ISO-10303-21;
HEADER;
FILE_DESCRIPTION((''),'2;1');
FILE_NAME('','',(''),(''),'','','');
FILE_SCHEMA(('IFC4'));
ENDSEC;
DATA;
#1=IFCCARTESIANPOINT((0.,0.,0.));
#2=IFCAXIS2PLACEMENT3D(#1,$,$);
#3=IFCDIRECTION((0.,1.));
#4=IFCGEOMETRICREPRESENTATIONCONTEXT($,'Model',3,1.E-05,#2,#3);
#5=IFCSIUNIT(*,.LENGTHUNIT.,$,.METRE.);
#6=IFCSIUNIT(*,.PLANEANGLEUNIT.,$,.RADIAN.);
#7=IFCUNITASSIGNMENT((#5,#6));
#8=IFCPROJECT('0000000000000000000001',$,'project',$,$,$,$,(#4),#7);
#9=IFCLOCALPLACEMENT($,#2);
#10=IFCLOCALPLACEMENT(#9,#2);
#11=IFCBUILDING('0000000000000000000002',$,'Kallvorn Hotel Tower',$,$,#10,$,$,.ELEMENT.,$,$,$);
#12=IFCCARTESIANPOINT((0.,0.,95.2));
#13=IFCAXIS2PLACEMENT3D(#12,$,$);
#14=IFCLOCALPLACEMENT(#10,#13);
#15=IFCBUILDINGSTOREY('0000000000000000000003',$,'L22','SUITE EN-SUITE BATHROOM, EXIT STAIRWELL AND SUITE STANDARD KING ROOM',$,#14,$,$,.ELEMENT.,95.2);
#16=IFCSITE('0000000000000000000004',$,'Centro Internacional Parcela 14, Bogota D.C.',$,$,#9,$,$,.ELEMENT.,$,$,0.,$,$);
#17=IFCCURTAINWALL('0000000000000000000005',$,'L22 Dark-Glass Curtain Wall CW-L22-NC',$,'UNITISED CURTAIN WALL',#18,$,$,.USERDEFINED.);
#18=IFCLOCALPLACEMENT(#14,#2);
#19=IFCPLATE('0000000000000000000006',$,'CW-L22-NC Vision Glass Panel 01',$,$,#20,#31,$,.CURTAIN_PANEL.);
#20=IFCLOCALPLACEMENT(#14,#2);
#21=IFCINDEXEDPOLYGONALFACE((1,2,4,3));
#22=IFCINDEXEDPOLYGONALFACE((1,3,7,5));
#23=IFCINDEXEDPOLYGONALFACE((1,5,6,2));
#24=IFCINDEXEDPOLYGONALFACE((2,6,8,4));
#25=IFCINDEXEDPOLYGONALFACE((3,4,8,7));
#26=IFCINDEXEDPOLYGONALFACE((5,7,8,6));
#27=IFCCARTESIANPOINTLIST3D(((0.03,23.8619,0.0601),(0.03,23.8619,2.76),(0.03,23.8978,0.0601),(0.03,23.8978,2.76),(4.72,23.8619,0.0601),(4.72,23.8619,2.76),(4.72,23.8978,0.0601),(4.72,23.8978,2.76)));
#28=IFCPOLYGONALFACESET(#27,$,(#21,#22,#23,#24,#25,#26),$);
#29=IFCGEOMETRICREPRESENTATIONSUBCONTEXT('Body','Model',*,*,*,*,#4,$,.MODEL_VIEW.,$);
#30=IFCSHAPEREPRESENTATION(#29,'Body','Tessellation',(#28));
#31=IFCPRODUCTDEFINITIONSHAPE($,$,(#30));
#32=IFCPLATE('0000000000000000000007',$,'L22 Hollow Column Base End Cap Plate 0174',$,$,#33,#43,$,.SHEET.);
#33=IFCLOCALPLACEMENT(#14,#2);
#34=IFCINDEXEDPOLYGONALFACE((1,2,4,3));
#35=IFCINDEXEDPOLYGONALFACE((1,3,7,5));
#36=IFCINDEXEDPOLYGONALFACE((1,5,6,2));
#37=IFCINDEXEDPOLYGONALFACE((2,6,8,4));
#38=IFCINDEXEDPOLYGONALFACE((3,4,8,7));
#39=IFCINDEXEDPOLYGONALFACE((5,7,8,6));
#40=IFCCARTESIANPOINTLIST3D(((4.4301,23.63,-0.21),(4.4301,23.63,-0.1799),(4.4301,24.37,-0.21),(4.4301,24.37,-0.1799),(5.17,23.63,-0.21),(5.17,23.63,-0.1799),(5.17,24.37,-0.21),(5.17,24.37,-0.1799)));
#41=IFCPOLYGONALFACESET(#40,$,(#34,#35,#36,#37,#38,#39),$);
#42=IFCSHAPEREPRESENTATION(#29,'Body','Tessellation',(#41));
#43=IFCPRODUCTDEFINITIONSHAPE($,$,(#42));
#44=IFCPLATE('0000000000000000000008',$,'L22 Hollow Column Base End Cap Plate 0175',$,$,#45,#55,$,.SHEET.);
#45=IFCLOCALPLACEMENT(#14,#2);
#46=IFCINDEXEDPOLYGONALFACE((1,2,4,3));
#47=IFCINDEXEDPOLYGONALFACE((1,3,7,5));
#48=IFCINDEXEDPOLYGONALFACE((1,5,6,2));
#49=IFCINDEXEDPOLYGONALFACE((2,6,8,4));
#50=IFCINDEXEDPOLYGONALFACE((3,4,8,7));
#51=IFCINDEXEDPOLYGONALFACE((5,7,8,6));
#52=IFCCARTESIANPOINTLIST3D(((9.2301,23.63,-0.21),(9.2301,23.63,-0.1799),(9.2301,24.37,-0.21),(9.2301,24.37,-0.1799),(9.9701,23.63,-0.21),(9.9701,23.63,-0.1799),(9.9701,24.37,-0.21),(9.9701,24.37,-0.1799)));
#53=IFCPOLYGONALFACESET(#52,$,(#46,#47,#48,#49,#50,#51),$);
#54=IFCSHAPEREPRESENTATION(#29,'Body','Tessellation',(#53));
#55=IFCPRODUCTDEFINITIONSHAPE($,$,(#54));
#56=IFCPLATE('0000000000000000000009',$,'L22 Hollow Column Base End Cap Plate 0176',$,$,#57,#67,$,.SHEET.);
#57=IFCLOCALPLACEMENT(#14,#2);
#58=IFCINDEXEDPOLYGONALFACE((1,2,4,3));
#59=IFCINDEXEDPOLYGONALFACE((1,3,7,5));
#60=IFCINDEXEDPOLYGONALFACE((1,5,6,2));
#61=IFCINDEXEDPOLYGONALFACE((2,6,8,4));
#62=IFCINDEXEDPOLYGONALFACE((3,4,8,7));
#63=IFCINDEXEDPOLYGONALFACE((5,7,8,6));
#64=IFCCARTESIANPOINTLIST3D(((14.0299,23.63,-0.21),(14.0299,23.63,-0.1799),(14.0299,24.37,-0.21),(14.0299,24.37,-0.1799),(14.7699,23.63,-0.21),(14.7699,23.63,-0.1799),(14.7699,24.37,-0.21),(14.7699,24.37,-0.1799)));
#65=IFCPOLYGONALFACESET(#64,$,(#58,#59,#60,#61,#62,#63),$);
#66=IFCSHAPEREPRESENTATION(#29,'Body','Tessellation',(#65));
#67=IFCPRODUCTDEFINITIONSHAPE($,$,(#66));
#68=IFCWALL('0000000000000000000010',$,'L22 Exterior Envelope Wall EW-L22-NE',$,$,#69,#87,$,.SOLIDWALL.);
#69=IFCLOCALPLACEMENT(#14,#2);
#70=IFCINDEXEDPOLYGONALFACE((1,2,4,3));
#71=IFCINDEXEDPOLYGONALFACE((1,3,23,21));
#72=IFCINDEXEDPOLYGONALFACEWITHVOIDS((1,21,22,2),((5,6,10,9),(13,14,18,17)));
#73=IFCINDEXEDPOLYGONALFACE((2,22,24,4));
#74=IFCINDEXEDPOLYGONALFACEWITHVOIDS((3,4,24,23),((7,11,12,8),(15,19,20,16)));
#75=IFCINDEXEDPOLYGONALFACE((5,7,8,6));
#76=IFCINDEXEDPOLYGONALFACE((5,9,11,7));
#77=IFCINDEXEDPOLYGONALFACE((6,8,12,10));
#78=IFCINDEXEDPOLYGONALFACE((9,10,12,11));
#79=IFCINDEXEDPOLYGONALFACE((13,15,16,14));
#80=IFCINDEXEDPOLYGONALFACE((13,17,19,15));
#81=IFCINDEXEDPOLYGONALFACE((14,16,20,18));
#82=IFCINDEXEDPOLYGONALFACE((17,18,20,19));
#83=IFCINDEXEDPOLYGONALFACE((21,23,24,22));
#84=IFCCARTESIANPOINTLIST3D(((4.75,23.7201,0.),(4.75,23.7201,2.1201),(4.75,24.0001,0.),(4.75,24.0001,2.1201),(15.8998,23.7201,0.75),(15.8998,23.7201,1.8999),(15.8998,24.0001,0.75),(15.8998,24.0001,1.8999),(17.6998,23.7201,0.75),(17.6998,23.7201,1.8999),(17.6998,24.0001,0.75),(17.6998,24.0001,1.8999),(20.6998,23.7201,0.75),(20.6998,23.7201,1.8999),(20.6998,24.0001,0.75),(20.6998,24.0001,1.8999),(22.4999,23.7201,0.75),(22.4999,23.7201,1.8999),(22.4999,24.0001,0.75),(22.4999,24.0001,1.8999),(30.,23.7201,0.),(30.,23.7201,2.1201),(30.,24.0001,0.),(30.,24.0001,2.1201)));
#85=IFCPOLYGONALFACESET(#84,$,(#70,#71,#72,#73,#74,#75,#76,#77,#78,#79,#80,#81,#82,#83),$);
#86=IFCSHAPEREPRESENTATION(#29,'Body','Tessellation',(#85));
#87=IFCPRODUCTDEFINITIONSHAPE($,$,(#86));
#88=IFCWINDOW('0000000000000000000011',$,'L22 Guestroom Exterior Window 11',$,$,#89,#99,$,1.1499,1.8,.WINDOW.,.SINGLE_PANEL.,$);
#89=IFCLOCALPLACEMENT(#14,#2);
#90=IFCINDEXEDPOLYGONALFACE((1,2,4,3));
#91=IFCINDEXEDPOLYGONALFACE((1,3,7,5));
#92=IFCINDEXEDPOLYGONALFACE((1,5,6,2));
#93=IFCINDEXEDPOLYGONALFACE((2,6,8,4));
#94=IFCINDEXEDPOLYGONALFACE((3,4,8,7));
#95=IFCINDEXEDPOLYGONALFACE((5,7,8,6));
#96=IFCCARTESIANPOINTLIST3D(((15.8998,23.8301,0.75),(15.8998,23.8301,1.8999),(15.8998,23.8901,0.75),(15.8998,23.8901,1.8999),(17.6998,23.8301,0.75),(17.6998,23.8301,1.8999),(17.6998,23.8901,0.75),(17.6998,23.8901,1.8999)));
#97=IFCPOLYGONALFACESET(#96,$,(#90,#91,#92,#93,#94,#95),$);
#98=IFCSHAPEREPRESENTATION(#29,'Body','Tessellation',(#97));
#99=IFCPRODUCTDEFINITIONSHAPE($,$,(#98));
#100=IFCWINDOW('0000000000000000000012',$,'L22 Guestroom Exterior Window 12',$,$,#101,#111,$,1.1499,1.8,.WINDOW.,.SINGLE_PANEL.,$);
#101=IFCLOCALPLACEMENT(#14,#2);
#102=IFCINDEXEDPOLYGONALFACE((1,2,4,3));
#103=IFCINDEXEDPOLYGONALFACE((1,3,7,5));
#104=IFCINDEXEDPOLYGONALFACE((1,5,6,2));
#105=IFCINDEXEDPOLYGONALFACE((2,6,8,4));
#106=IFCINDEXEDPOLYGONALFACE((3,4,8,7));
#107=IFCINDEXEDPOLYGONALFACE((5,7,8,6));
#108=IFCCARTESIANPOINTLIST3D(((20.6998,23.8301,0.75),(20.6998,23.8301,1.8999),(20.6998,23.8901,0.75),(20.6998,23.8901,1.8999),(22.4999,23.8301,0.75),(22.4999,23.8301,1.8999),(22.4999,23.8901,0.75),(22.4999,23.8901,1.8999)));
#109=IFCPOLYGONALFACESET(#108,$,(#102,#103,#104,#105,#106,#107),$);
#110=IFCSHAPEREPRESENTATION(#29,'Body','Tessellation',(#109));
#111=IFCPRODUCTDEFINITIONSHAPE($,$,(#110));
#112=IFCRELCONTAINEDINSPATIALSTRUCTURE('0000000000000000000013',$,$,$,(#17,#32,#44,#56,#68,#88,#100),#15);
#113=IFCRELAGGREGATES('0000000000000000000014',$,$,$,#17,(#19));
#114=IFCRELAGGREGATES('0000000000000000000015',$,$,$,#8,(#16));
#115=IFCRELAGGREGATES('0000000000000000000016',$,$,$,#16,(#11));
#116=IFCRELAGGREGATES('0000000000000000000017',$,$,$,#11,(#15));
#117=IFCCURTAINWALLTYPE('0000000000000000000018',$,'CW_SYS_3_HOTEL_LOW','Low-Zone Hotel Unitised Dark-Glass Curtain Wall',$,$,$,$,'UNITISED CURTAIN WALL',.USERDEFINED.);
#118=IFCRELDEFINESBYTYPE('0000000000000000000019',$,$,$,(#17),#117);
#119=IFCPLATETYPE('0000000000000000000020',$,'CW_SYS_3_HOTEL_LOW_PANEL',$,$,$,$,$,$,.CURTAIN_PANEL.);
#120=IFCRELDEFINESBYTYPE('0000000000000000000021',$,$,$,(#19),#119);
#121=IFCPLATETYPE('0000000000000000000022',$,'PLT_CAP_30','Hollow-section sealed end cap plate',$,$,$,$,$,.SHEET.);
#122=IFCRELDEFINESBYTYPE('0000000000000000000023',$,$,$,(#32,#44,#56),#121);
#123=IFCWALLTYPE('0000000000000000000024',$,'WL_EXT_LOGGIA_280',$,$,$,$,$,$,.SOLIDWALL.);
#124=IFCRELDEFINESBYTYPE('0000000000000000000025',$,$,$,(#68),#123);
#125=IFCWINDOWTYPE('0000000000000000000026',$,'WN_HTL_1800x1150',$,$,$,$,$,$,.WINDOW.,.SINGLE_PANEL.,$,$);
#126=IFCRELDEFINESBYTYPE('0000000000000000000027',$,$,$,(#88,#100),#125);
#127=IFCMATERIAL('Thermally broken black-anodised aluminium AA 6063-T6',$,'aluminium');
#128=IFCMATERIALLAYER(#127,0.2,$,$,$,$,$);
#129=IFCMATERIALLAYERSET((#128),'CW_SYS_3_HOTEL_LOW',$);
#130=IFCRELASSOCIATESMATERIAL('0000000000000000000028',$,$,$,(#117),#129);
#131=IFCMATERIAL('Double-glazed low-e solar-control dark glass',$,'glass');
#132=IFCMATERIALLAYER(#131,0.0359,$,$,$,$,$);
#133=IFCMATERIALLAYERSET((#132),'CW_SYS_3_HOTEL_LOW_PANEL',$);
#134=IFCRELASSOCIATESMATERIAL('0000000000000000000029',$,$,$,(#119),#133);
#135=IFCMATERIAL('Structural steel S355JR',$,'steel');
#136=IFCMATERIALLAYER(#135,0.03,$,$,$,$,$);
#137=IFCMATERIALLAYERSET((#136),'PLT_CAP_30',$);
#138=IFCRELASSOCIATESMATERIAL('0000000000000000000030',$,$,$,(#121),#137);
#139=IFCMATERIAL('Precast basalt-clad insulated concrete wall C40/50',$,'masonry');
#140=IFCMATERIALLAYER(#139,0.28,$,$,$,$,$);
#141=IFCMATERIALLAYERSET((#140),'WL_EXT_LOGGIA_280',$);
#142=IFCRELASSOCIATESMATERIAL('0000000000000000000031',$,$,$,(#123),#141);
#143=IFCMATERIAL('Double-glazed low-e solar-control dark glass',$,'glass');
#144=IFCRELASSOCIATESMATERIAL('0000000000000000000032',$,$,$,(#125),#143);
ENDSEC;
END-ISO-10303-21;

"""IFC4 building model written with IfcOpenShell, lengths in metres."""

from ifc_helpers import new_model, si_unit, direction, frame, frame_2d, origin, origin_2d, place, context, subcontext, project, spatial, rectangle, extrude, material, layer, layer_set, type_object, element, fill, aggregate, save


model = new_model("IFC4")

# Units and contexts
model_context = context("Model", 3, precision=1e-05, world=origin(), true_north=direction((0.0, 1.0)))
body_context = subcontext(model_context, "Body", "Model", "MODEL_VIEW")
ifc_project = project(units=[si_unit("LENGTHUNIT", "METRE"), si_unit("PLANEANGLEUNIT", "RADIAN")], contexts=[model_context])

# Site, building, storey
site_placement = place(None, origin())
site = spatial("IfcSite", under=ifc_project, at=site_placement, Name="Centro Internacional Parcela 14, Bogota D.C.", CompositionType="ELEMENT", RefElevation=0.0)
building_placement = place(site_placement, origin())
building = spatial("IfcBuilding", under=site, at=building_placement, Name="Kallvorn Hotel Tower", CompositionType="ELEMENT")
storey_placement = place(building_placement, frame((0.0, 0.0, 95.2)))
storey = spatial("IfcBuildingStorey", under=building, at=storey_placement, Name="L22", Description="SUITE EN-SUITE BATHROOM, EXIT STAIRWELL AND SUITE STANDARD KING ROOM", CompositionType="ELEMENT", Elevation=95.2)

# Curtain wall, plate
ifc_material_1 = material(Name="Thermally broken black-anodised aluminium AA 6063-T6", Category="aluminium")
ifc_layer_1 = layer(ifc_material_1, 0.2)
ifc_layer_set_1 = layer_set([ifc_layer_1], Name="CW_SYS_3_HOTEL_LOW")
curtain_wall_type = type_object("IfcCurtainWallType", Name="CW_SYS_3_HOTEL_LOW", Description="Low-Zone Hotel Unitised Dark-Glass Curtain Wall", ElementType="UNITISED CURTAIN WALL", PredefinedType="USERDEFINED", material=ifc_layer_set_1)
curtain_wall_placement = place(storey_placement, origin())
curtain_wall = element("IfcCurtainWall", 1, at=curtain_wall_placement, inside=storey, type_object=curtain_wall_type, Name="L22 Dark-Glass Curtain Wall CW-L22-NC", ObjectType="UNITISED CURTAIN WALL", PredefinedType="USERDEFINED")
ifc_material_2 = material(Name="Double-glazed low-e solar-control dark glass", Category="glass")
ifc_layer_2 = layer(ifc_material_2, 0.0359)
ifc_layer_set_2 = layer_set([ifc_layer_2], Name="CW_SYS_3_HOTEL_LOW_PANEL")
plate_type_1 = type_object("IfcPlateType", Name="CW_SYS_3_HOTEL_LOW_PANEL", PredefinedType="CURTAIN_PANEL", material=ifc_layer_set_2)
plate_placement = place(storey_placement, frame((2.375, 23.8799, 0.0601), z_axis=(0.0, 0.0, 1.0), x_axis=(1.0, 0.0, 0.0)))
plate = element("IfcPlate", 2, at=plate_placement, type_object=plate_type_1, Name="CW-L22-NC Vision Glass Panel 01", PredefinedType="CURTAIN_PANEL", context=body_context, shape_type="SweptSolid", body=[
    extrude(rectangle(XDim=4.6899, YDim=0.0359, at=origin_2d()), origin(), (0.0, 0.0, 1.0), 2.7),
])
aggregate(curtain_wall, [plate])

# Plates
ifc_material_3 = material(Name="Structural steel S355JR", Category="steel")
ifc_layer_3 = layer(ifc_material_3, 0.03)
ifc_layer_set_3 = layer_set([ifc_layer_3], Name="PLT_CAP_30")
plate_type_2 = type_object("IfcPlateType", Name="PLT_CAP_30", Description="Hollow-section sealed end cap plate", PredefinedType="SHEET", material=ifc_layer_set_3)
for number, where, z_axis, x_axis, name in (
    (3, (4.8, 24.0, -0.21), (0.0, 0.0, 1.0), (1.0, 0.0, 0.0), "L22 Hollow Column Base End Cap Plate 0174"),
    (4, (9.6001, 24.0, -0.21), (0.0, 0.0, 1.0), (1.0, 0.0, 0.0), "L22 Hollow Column Base End Cap Plate 0175"),
    (5, (14.3999, 24.0, -0.21), (0.0, 0.0, 1.0), (1.0, 0.0, 0.0), "L22 Hollow Column Base End Cap Plate 0176"),
):
    element("IfcPlate", number, at=place(storey_placement, frame(where, z_axis=z_axis, x_axis=x_axis)), inside=storey, type_object=plate_type_2, Name=name, PredefinedType="SHEET", context=body_context, shape_type="SweptSolid", body=[
        extrude(rectangle(XDim=0.74, YDim=0.74, at=origin_2d()), origin(), (0.0, 0.0, 1.0), 0.03),
    ])

# Wall, openings, windows
ifc_material_4 = material(Name="Precast basalt-clad insulated concrete wall C40/50", Category="masonry")
ifc_layer_4 = layer(ifc_material_4, 0.28)
ifc_layer_set_4 = layer_set([ifc_layer_4], Name="WL_EXT_LOGGIA_280")
wall_type = type_object("IfcWallType", Name="WL_EXT_LOGGIA_280", PredefinedType="SOLIDWALL", material=ifc_layer_set_4)
wall_placement = place(storey_placement, frame((4.75, 23.8601, 0.0), z_axis=(0.0, 0.0, 1.0), x_axis=(1.0, 0.0, 0.0)))
wall = element("IfcWall", 6, at=wall_placement, inside=storey, type_object=wall_type, Name="L22 Exterior Envelope Wall EW-L22-NE", PredefinedType="SOLIDWALL", context=body_context, shape_type="SweptSolid", body=[
    extrude(rectangle(XDim=25.25, YDim=0.28, at=frame_2d((12.625, 0.0))), origin(), (0.0, 0.0, 1.0), 2.1201),
])
opening_1_placement = place(wall_placement, frame((11.1499, 0.0, 0.75)))
opening_1 = element("IfcOpeningElement", 7, at=opening_1_placement, cuts=wall, PredefinedType="OPENING", context=body_context, shape_type="SweptSolid", body=[
    extrude(rectangle(XDim=1.8, YDim=1.1499, at=frame_2d((0.8999, 0.575))), frame((0.0, 0.155, 0.0), z_axis=(0.0, -1.0, 0.0), x_axis=(1.0, 0.0, 0.0)), (0.0, 0.0, 1.0), 0.3101),
])
opening_2_placement = place(wall_placement, frame((15.95, 0.0, 0.75)))
opening_2 = element("IfcOpeningElement", 8, at=opening_2_placement, cuts=wall, PredefinedType="OPENING", context=body_context, shape_type="SweptSolid", body=[
    extrude(rectangle(XDim=1.8, YDim=1.1499, at=frame_2d((0.8999, 0.575))), frame((0.0, 0.155, 0.0), z_axis=(0.0, -1.0, 0.0), x_axis=(1.0, 0.0, 0.0)), (0.0, 0.0, 1.0), 0.3101),
])
ifc_material_5 = material(Name="Double-glazed low-e solar-control dark glass", Category="glass")
window_type = type_object("IfcWindowType", Name="WN_HTL_1800x1150", PartitioningType="SINGLE_PANEL", PredefinedType="WINDOW", material=ifc_material_5)
window_1_placement = place(opening_1_placement, origin())
window_1 = element("IfcWindow", 9, at=window_1_placement, inside=storey, type_object=window_type, Name="L22 Guestroom Exterior Window 11", OverallHeight=1.1499, OverallWidth=1.8, PartitioningType="SINGLE_PANEL", PredefinedType="WINDOW", context=body_context, shape_type="SweptSolid", body=[
    extrude(rectangle(XDim=1.8, YDim=1.1499, at=frame_2d((0.8999, 0.575))), frame((0.0, 0.03, 0.0), z_axis=(0.0, -1.0, 0.0), x_axis=(1.0, 0.0, 0.0)), (0.0, 0.0, 1.0), 0.0601),
])
fill(opening_1, window_1)
window_2_placement = place(opening_2_placement, origin())
window_2 = element("IfcWindow", 10, at=window_2_placement, inside=storey, type_object=window_type, Name="L22 Guestroom Exterior Window 12", OverallHeight=1.1499, OverallWidth=1.8, PartitioningType="SINGLE_PANEL", PredefinedType="WINDOW", context=body_context, shape_type="SweptSolid", body=[
    extrude(rectangle(XDim=1.8, YDim=1.1499, at=frame_2d((0.8999, 0.575))), frame((0.0, 0.03, 0.0), z_axis=(0.0, -1.0, 0.0), x_axis=(1.0, 0.0, 0.0)), (0.0, 0.0, 1.0), 0.0601),
])
fill(opening_2, window_2)

save(model, "model.ifc")
